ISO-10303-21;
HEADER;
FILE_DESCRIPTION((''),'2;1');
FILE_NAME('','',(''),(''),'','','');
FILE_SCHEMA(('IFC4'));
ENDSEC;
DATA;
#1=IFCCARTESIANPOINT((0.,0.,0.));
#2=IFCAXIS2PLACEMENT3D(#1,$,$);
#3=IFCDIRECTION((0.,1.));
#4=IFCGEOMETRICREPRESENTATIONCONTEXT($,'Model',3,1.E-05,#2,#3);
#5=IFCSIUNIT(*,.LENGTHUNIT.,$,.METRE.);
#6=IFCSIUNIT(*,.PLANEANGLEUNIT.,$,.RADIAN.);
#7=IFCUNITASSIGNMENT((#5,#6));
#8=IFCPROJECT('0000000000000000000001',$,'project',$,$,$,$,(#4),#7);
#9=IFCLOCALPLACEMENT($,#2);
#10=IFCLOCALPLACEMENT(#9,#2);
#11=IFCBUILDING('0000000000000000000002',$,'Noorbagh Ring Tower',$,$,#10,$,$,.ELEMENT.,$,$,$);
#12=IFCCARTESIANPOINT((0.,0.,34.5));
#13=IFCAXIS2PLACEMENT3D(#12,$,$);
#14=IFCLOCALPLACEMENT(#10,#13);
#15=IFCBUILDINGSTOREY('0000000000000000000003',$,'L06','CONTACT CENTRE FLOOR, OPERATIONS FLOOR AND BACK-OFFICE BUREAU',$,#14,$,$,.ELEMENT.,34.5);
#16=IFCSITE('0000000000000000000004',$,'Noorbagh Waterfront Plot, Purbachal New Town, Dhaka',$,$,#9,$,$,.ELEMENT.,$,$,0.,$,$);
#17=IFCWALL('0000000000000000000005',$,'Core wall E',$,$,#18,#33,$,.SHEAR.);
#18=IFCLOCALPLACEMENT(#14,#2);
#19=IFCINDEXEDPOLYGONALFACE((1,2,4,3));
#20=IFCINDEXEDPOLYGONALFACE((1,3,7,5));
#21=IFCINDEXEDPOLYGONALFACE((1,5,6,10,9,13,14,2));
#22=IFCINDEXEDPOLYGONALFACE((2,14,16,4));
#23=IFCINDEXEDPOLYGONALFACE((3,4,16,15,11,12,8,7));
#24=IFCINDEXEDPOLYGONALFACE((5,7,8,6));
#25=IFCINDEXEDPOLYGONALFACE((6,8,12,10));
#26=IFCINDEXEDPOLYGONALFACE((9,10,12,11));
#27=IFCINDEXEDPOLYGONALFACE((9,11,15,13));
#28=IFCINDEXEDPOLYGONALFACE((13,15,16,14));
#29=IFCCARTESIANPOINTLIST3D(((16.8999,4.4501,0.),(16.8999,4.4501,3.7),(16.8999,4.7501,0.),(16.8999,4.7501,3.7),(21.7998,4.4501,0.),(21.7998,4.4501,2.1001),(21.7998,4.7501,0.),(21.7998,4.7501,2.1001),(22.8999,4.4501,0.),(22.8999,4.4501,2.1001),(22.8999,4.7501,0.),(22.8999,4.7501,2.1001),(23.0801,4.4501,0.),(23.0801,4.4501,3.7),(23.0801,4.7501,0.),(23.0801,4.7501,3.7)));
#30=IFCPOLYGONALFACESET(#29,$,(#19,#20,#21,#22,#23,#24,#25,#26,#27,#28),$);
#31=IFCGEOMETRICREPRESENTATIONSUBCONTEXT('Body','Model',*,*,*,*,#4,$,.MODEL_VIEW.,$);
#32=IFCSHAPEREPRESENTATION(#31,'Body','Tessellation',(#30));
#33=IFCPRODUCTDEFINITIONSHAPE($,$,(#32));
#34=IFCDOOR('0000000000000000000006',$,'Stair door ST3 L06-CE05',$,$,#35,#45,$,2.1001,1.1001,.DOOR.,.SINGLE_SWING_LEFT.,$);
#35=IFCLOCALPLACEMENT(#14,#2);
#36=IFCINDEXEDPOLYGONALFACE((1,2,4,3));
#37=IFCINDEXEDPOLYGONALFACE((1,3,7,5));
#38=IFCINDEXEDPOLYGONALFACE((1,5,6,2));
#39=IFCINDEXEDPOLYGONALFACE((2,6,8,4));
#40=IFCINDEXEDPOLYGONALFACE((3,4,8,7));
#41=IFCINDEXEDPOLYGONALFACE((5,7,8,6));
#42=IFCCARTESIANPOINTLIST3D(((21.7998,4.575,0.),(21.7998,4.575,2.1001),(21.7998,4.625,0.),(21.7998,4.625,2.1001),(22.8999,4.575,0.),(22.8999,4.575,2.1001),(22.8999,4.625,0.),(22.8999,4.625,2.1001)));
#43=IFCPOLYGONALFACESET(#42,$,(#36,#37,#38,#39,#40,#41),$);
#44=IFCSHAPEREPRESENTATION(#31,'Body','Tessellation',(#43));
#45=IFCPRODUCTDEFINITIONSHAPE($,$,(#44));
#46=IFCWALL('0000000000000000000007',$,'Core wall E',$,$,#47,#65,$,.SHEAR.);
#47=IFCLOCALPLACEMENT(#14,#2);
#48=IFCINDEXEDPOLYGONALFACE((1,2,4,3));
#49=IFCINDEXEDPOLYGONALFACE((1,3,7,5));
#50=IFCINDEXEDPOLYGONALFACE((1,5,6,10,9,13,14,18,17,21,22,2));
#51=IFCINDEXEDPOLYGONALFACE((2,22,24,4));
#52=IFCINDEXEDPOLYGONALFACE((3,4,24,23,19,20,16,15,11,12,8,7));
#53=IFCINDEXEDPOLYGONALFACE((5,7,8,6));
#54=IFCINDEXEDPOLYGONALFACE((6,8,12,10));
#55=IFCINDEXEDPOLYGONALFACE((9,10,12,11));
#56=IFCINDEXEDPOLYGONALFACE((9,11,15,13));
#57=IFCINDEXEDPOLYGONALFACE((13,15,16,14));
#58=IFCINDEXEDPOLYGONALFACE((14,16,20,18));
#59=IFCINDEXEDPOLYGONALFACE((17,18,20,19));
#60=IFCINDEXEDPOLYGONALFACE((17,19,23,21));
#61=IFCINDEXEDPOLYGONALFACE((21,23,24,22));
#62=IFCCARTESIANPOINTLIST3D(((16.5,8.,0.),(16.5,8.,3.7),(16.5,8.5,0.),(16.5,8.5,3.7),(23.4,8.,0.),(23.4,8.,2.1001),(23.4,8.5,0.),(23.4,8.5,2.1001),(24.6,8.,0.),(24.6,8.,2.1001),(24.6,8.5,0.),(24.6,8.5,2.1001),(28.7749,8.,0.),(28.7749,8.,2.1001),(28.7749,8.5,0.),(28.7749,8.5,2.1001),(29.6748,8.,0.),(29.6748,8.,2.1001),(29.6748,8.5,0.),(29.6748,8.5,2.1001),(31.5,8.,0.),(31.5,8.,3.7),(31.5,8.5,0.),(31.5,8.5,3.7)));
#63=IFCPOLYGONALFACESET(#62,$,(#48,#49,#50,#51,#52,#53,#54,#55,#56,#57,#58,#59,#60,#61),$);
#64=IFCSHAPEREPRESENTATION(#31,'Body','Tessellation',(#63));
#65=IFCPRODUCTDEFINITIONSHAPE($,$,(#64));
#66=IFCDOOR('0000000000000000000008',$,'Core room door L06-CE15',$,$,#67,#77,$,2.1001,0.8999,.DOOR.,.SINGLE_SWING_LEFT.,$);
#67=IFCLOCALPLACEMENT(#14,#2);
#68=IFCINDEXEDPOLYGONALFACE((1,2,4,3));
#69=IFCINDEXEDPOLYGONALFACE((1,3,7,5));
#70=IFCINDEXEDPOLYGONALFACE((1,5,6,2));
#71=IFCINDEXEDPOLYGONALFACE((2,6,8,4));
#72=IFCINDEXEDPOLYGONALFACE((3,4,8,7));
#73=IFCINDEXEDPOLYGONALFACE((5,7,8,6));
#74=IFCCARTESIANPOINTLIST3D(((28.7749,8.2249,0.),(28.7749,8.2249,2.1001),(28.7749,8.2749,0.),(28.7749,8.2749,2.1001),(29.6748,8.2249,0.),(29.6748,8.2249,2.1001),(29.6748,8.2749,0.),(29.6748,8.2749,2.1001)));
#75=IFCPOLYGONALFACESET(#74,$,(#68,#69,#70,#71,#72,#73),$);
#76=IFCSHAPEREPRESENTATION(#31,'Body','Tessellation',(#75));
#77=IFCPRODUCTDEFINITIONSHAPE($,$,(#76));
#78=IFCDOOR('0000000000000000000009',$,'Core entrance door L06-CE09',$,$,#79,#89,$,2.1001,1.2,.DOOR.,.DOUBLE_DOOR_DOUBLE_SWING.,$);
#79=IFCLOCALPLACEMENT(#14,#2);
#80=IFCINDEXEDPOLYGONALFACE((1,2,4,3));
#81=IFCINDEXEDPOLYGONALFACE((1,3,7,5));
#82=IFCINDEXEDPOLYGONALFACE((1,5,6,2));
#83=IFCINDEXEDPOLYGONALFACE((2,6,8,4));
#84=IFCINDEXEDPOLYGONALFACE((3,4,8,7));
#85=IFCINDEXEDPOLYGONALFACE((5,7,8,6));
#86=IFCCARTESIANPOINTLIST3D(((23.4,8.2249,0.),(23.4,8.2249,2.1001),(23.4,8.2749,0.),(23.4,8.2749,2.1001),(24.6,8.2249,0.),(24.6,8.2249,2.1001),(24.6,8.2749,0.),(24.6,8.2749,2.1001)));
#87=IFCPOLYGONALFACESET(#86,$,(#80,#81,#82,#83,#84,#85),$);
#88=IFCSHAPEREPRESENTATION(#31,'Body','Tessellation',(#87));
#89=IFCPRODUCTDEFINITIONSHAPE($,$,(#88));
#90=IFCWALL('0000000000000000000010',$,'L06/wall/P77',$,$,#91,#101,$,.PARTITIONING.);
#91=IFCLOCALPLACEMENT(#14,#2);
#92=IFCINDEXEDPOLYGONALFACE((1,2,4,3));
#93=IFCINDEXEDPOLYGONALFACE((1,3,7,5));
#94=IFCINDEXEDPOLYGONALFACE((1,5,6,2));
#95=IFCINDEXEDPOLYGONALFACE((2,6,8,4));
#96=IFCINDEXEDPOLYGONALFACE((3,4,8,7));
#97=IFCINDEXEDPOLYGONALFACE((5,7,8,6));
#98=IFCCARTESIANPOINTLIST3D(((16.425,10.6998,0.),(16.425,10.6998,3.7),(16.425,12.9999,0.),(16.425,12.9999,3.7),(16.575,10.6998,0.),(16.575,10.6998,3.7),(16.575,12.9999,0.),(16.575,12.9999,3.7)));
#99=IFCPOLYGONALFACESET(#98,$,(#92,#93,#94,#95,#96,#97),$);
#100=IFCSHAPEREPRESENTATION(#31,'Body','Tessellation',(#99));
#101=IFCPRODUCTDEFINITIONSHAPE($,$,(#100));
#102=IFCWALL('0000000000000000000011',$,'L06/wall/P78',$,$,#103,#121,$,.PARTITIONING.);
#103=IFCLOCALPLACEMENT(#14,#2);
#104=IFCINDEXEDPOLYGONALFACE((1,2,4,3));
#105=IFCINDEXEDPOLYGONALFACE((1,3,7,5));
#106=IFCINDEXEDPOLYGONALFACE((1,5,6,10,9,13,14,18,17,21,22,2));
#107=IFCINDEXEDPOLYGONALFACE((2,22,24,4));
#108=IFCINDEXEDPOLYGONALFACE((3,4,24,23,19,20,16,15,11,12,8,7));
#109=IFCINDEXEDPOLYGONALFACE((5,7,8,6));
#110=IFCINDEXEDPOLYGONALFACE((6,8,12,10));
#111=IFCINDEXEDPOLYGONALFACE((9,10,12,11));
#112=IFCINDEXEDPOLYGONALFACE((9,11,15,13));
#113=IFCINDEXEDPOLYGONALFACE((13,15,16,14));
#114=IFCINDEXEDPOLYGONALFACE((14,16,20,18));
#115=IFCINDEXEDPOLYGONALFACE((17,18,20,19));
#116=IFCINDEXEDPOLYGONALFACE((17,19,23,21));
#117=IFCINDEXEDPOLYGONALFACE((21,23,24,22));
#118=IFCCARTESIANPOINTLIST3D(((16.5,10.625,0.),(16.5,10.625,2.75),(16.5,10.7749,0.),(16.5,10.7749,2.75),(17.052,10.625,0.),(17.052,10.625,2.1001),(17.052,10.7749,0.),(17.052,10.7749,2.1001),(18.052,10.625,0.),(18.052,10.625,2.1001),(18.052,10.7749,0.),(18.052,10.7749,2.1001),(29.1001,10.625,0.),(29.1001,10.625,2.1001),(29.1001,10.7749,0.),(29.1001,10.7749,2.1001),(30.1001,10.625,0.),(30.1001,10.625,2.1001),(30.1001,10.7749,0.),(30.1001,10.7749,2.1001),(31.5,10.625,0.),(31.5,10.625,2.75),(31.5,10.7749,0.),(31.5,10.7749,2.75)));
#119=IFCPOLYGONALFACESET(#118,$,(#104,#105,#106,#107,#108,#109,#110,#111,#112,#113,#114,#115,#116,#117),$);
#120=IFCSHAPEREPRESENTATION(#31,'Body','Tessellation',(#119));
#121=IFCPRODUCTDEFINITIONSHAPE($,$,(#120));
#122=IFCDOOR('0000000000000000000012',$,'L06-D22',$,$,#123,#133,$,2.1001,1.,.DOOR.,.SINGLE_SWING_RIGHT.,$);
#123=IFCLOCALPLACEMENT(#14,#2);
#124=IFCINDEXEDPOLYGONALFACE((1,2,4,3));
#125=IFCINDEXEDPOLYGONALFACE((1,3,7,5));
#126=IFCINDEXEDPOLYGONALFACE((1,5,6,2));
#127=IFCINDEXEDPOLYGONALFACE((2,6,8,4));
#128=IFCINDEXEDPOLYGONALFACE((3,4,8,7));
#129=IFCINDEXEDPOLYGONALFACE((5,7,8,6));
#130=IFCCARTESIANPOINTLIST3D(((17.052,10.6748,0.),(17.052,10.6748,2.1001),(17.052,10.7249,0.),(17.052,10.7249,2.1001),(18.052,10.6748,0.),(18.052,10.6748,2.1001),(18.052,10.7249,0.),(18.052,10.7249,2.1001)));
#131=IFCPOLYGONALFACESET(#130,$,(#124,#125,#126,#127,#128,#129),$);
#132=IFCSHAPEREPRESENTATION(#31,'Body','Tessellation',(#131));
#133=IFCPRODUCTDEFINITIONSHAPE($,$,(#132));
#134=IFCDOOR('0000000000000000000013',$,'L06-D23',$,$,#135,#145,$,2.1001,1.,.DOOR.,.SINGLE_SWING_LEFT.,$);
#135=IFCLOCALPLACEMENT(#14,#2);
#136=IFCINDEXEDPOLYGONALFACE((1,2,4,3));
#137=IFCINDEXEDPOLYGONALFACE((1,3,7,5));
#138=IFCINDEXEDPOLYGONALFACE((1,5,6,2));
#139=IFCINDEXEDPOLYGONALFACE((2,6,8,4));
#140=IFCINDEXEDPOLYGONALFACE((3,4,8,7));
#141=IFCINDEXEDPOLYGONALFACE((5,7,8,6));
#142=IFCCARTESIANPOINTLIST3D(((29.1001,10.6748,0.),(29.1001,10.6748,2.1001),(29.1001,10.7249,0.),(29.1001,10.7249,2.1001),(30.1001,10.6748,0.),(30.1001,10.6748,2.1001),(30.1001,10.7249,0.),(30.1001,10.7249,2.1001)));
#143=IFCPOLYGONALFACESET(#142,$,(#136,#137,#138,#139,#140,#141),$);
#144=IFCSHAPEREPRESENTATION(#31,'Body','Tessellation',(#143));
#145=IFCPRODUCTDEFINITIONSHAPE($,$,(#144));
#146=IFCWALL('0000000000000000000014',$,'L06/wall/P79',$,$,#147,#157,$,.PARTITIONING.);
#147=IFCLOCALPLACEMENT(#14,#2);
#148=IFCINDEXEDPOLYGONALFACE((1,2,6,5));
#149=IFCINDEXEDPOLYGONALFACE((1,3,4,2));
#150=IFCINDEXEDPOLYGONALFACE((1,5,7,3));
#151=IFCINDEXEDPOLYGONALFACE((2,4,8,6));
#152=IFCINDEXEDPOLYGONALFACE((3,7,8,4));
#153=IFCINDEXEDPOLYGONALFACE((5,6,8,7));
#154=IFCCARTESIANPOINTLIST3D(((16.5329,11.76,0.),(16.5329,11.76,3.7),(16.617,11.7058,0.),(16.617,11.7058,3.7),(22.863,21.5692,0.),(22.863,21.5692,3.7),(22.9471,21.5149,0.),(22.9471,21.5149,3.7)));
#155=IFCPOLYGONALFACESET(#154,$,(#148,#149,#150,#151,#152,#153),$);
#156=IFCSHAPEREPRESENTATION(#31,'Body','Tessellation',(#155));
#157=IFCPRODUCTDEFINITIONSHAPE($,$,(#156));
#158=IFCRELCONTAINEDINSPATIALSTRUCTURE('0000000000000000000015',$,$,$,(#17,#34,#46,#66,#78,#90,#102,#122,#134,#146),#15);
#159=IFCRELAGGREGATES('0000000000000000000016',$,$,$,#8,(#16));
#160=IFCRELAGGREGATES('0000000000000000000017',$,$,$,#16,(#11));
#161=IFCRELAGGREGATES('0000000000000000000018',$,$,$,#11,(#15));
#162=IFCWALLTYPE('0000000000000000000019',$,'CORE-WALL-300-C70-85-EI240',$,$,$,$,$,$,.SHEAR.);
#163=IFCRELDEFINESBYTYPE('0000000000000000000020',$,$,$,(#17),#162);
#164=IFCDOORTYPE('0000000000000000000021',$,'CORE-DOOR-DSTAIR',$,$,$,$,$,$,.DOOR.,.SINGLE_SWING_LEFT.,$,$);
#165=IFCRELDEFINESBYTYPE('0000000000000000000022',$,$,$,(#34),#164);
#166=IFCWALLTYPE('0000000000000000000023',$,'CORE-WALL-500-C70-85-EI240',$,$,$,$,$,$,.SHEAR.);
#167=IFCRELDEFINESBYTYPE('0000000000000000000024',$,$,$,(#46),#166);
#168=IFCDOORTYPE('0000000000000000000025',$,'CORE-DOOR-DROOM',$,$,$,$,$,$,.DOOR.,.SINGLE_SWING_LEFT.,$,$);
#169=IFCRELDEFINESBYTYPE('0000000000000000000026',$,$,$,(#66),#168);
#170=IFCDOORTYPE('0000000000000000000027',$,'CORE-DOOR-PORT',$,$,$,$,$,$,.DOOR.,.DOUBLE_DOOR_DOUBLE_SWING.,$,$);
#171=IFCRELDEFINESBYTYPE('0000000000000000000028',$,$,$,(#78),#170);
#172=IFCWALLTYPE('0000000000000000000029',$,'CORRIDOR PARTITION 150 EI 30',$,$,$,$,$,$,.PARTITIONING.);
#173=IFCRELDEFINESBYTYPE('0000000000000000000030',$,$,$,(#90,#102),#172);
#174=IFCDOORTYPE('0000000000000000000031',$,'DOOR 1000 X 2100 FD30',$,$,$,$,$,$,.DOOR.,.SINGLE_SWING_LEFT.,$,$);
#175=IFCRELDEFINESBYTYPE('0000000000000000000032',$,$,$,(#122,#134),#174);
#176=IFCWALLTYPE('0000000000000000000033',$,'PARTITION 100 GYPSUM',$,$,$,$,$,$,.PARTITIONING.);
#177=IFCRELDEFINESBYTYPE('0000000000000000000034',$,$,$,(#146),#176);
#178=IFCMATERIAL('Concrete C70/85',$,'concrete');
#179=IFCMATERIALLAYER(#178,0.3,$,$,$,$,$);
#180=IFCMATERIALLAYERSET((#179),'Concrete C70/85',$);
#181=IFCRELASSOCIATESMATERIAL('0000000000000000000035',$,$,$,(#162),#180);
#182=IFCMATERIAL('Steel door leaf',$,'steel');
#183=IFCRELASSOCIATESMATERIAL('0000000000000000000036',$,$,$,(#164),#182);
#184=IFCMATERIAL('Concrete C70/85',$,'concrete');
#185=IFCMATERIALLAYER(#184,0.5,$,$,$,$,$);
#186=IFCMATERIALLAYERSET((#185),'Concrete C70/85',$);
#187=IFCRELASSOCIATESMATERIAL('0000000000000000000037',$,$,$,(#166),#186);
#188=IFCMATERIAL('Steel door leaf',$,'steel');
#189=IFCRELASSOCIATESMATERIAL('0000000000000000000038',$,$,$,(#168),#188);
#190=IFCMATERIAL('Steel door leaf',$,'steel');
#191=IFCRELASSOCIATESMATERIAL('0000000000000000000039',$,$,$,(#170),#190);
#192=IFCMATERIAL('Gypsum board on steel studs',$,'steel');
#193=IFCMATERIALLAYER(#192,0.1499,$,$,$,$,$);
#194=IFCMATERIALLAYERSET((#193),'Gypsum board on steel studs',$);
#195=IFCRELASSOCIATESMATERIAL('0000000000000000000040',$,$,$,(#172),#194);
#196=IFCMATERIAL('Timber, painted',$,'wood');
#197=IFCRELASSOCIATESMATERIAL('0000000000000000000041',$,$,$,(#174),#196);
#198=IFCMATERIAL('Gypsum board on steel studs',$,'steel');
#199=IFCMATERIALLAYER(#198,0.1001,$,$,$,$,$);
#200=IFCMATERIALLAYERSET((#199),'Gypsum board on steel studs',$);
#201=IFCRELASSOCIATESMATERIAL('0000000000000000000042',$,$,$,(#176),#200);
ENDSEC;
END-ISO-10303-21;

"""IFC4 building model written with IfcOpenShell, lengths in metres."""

from ifc_helpers import new_model, si_unit, direction, frame, frame_2d, origin, place, context, subcontext, project, spatial, rectangle, extrude, material, layer, layer_set, type_object, element, fill, save


model = new_model("IFC4")

# Units and contexts
model_context = context("Model", 3, precision=1e-05, world=origin(), true_north=direction((0.0, 1.0)))
body_context = subcontext(model_context, "Body", "Model", "MODEL_VIEW")
ifc_project = project(units=[si_unit("LENGTHUNIT", "METRE"), si_unit("PLANEANGLEUNIT", "RADIAN")], contexts=[model_context])

# Site, building, storey
site_placement = place(None, origin())
site = spatial("IfcSite", under=ifc_project, at=site_placement, Name="Noorbagh Waterfront Plot, Purbachal New Town, Dhaka", CompositionType="ELEMENT", RefElevation=0.0)
building_placement = place(site_placement, origin())
building = spatial("IfcBuilding", under=site, at=building_placement, Name="Noorbagh Ring Tower", CompositionType="ELEMENT")
storey_placement = place(building_placement, frame((0.0, 0.0, 34.5)))
storey = spatial("IfcBuildingStorey", under=building, at=storey_placement, Name="L06", Description="CONTACT CENTRE FLOOR, OPERATIONS FLOOR AND BACK-OFFICE BUREAU", CompositionType="ELEMENT", Elevation=34.5)

# Wall, opening, door
ifc_material_1 = material(Name="Concrete C70/85", Category="concrete")
ifc_layer_1 = layer(ifc_material_1, 0.3)
ifc_layer_set_1 = layer_set([ifc_layer_1], Name="Concrete C70/85")
wall_type_1 = type_object("IfcWallType", Name="CORE-WALL-300-C70-85-EI240", PredefinedType="SHEAR", material=ifc_layer_set_1)
wall_1_placement = place(storey_placement, frame((16.8999, 4.6001, 0.0), z_axis=(0.0, 0.0, 1.0), x_axis=(1.0, 0.0, 0.0)))
wall_1 = element("IfcWall", 1, at=wall_1_placement, inside=storey, type_object=wall_type_1, Name="Core wall E", PredefinedType="SHEAR", context=body_context, shape_type="SweptSolid", body=[
    extrude(rectangle(XDim=6.1802, YDim=0.3, at=frame_2d((3.0901, 0.0))), origin(), (0.0, 0.0, 1.0), 3.7),
])
opening_1_placement = place(wall_1_placement, frame((4.8999, 0.0, 0.0)))
opening_1 = element("IfcOpeningElement", 2, at=opening_1_placement, cuts=wall_1, PredefinedType="OPENING", context=body_context, shape_type="SweptSolid", body=[
    extrude(rectangle(XDim=1.1001, YDim=2.1001, at=frame_2d((0.55, 1.05))), frame((0.0, 0.1602, 0.0), z_axis=(0.0, -1.0, 0.0), x_axis=(1.0, 0.0, 0.0)), (0.0, 0.0, 1.0), 0.3201),
])
ifc_material_2 = material(Name="Steel door leaf", Category="steel")
door_type_1 = type_object("IfcDoorType", Name="CORE-DOOR-DSTAIR", OperationType="SINGLE_SWING_LEFT", PredefinedType="DOOR", material=ifc_material_2)
door_1_placement = place(opening_1_placement, origin())
door_1 = element("IfcDoor", 3, at=door_1_placement, inside=storey, type_object=door_type_1, Name="Stair door ST3 L06-CE05", OperationType="SINGLE_SWING_LEFT", OverallHeight=2.1001, OverallWidth=1.1001, PredefinedType="DOOR", context=body_context, shape_type="SweptSolid", body=[
    extrude(rectangle(XDim=1.1001, YDim=2.1001, at=frame_2d((0.55, 1.05))), frame((0.0, 0.0249, 0.0), z_axis=(0.0, -1.0, 0.0), x_axis=(1.0, 0.0, 0.0)), (0.0, 0.0, 1.0), 0.05),
])
fill(opening_1, door_1)

# Wall, openings, doors
ifc_material_3 = material(Name="Concrete C70/85", Category="concrete")
ifc_layer_2 = layer(ifc_material_3, 0.5)
ifc_layer_set_2 = layer_set([ifc_layer_2], Name="Concrete C70/85")
wall_type_2 = type_object("IfcWallType", Name="CORE-WALL-500-C70-85-EI240", PredefinedType="SHEAR", material=ifc_layer_set_2)
wall_2_placement = place(storey_placement, frame((16.5, 8.25, 0.0), z_axis=(0.0, 0.0, 1.0), x_axis=(1.0, 0.0, 0.0)))
wall_2 = element("IfcWall", 4, at=wall_2_placement, inside=storey, type_object=wall_type_2, Name="Core wall E", PredefinedType="SHEAR", context=body_context, shape_type="SweptSolid", body=[
    extrude(rectangle(XDim=15.0, YDim=0.5, at=frame_2d((7.5, 0.0))), origin(), (0.0, 0.0, 1.0), 3.7),
])
opening_2_placement = place(wall_2_placement, frame((6.8999, 0.0, 0.0)))
opening_2 = element("IfcOpeningElement", 5, at=opening_2_placement, cuts=wall_2, PredefinedType="OPENING", context=body_context, shape_type="SweptSolid", body=[
    extrude(rectangle(XDim=1.2, YDim=2.1001, at=frame_2d((0.6001, 1.05))), frame((0.0, 0.26, 0.0), z_axis=(0.0, -1.0, 0.0), x_axis=(1.0, 0.0, 0.0)), (0.0, 0.0, 1.0), 0.52),
])
opening_3_placement = place(wall_2_placement, frame((12.2749, 0.0, 0.0)))
opening_3 = element("IfcOpeningElement", 6, at=opening_3_placement, cuts=wall_2, PredefinedType="OPENING", context=body_context, shape_type="SweptSolid", body=[
    extrude(rectangle(XDim=0.8999, YDim=2.1001, at=frame_2d((0.45, 1.05))), frame((0.0, 0.26, 0.0), z_axis=(0.0, -1.0, 0.0), x_axis=(1.0, 0.0, 0.0)), (0.0, 0.0, 1.0), 0.52),
])
ifc_material_4 = material(Name="Steel door leaf", Category="steel")
door_type_2 = type_object("IfcDoorType", Name="CORE-DOOR-DROOM", OperationType="SINGLE_SWING_LEFT", PredefinedType="DOOR", material=ifc_material_4)
door_2_placement = place(opening_3_placement, origin())
door_2 = element("IfcDoor", 7, at=door_2_placement, inside=storey, type_object=door_type_2, Name="Core room door L06-CE15", OperationType="SINGLE_SWING_LEFT", OverallHeight=2.1001, OverallWidth=0.8999, PredefinedType="DOOR", context=body_context, shape_type="SweptSolid", body=[
    extrude(rectangle(XDim=0.8999, YDim=2.1001, at=frame_2d((0.45, 1.05))), frame((0.0, 0.0249, 0.0), z_axis=(0.0, -1.0, 0.0), x_axis=(1.0, 0.0, 0.0)), (0.0, 0.0, 1.0), 0.05),
])
fill(opening_3, door_2)
ifc_material_5 = material(Name="Steel door leaf", Category="steel")
door_type_3 = type_object("IfcDoorType", Name="CORE-DOOR-PORT", OperationType="DOUBLE_DOOR_DOUBLE_SWING", PredefinedType="DOOR", material=ifc_material_5)
door_3_placement = place(opening_2_placement, origin())
door_3 = element("IfcDoor", 8, at=door_3_placement, inside=storey, type_object=door_type_3, Name="Core entrance door L06-CE09", OperationType="DOUBLE_DOOR_DOUBLE_SWING", OverallHeight=2.1001, OverallWidth=1.2, PredefinedType="DOOR", context=body_context, shape_type="SweptSolid", body=[
    extrude(rectangle(XDim=1.2, YDim=2.1001, at=frame_2d((0.6001, 1.05))), frame((0.0, 0.0249, 0.0), z_axis=(0.0, -1.0, 0.0), x_axis=(1.0, 0.0, 0.0)), (0.0, 0.0, 1.0), 0.05),
])
fill(opening_2, door_3)

# Wall
ifc_material_6 = material(Name="Gypsum board on steel studs", Category="steel")
ifc_layer_3 = layer(ifc_material_6, 0.1499)
ifc_layer_set_3 = layer_set([ifc_layer_3], Name="Gypsum board on steel studs")
wall_type_3 = type_object("IfcWallType", Name="CORRIDOR PARTITION 150 EI 30", PredefinedType="PARTITIONING", material=ifc_layer_set_3)
wall_3_placement = place(storey_placement, frame((16.5, 10.7, 0.0), z_axis=(0.0, 0.0, 1.0), x_axis=(0.0, 1.0, 0.0)))
element("IfcWall", 9, at=wall_3_placement, inside=storey, type_object=wall_type_3, Name="L06/wall/P77", PredefinedType="PARTITIONING", context=body_context, shape_type="SweptSolid", body=[
    extrude(rectangle(XDim=2.3, YDim=0.1499, at=frame_2d((1.1499, 0.0))), origin(), (0.0, 0.0, 1.0), 3.7),
])

# Wall, openings, doors
wall_4_placement = place(storey_placement, frame((16.5, 10.7, 0.0), z_axis=(0.0, 0.0, 1.0), x_axis=(1.0, 0.0, 0.0)))
wall_4 = element("IfcWall", 10, at=wall_4_placement, inside=storey, type_object=wall_type_3, Name="L06/wall/P78", PredefinedType="PARTITIONING", context=body_context, shape_type="SweptSolid", body=[
    extrude(rectangle(XDim=15.0, YDim=0.1499, at=frame_2d((7.5, 0.0))), origin(), (0.0, 0.0, 1.0), 2.75),
])
opening_4_placement = place(wall_4_placement, frame((0.552, 0.0, 0.0)))
opening_4 = element("IfcOpeningElement", 11, at=opening_4_placement, cuts=wall_4, PredefinedType="OPENING", context=body_context, shape_type="SweptSolid", body=[
    extrude(rectangle(XDim=1.0, YDim=2.1001, at=frame_2d((0.5, 1.05))), frame((0.0, 0.085, 0.0), z_axis=(0.0, -1.0, 0.0), x_axis=(1.0, 0.0, 0.0)), (0.0, 0.0, 1.0), 0.1699),
])
opening_5_placement = place(wall_4_placement, frame((12.6001, 0.0, 0.0)))
opening_5 = element("IfcOpeningElement", 12, at=opening_5_placement, cuts=wall_4, PredefinedType="OPENING", context=body_context, shape_type="SweptSolid", body=[
    extrude(rectangle(XDim=1.0, YDim=2.1001, at=frame_2d((0.5, 1.05))), frame((0.0, 0.085, 0.0), z_axis=(0.0, -1.0, 0.0), x_axis=(1.0, 0.0, 0.0)), (0.0, 0.0, 1.0), 0.1699),
])
ifc_material_7 = material(Name="Timber, painted", Category="wood")
door_type_4 = type_object("IfcDoorType", Name="DOOR 1000 X 2100 FD30", OperationType="SINGLE_SWING_LEFT", PredefinedType="DOOR", material=ifc_material_7)
door_4_placement = place(opening_4_placement, origin())
door_4 = element("IfcDoor", 13, at=door_4_placement, inside=storey, type_object=door_type_4, Name="L06-D22", OperationType="SINGLE_SWING_RIGHT", OverallHeight=2.1001, OverallWidth=1.0, PredefinedType="DOOR", context=body_context, shape_type="SweptSolid", body=[
    extrude(rectangle(XDim=1.0, YDim=2.1001, at=frame_2d((0.5, 1.05))), frame((0.0, 0.0249, 0.0), z_axis=(0.0, -1.0, 0.0), x_axis=(1.0, 0.0, 0.0)), (0.0, 0.0, 1.0), 0.05),
])
fill(opening_4, door_4)
door_5_placement = place(opening_5_placement, origin())
door_5 = element("IfcDoor", 14, at=door_5_placement, inside=storey, type_object=door_type_4, Name="L06-D23", OperationType="SINGLE_SWING_LEFT", OverallHeight=2.1001, OverallWidth=1.0, PredefinedType="DOOR", context=body_context, shape_type="SweptSolid", body=[
    extrude(rectangle(XDim=1.0, YDim=2.1001, at=frame_2d((0.5, 1.05))), frame((0.0, 0.0249, 0.0), z_axis=(0.0, -1.0, 0.0), x_axis=(1.0, 0.0, 0.0)), (0.0, 0.0, 1.0), 0.05),
])
fill(opening_5, door_5)

# Wall
ifc_material_8 = material(Name="Gypsum board on steel studs", Category="steel")
ifc_layer_4 = layer(ifc_material_8, 0.1001)
ifc_layer_set_4 = layer_set([ifc_layer_4], Name="Gypsum board on steel studs")
wall_type_4 = type_object("IfcWallType", Name="PARTITION 100 GYPSUM", PredefinedType="PARTITIONING", material=ifc_layer_set_4)
wall_5_placement = place(storey_placement, frame((16.575, 11.7329, 0.0), z_axis=(0.0, 0.0, 1.0), x_axis=(0.542226, 0.840233, 0.0)))
element("IfcWall", 15, at=wall_5_placement, inside=storey, type_object=wall_type_4, Name="L06/wall/P79", PredefinedType="PARTITIONING", context=body_context, shape_type="SweptSolid", body=[
    extrude(rectangle(XDim=11.6743, YDim=0.1001, at=frame_2d((5.8372, 0.0))), origin(), (0.0, 0.0, 1.0), 3.7),
])

save(model, "model.ifc")
